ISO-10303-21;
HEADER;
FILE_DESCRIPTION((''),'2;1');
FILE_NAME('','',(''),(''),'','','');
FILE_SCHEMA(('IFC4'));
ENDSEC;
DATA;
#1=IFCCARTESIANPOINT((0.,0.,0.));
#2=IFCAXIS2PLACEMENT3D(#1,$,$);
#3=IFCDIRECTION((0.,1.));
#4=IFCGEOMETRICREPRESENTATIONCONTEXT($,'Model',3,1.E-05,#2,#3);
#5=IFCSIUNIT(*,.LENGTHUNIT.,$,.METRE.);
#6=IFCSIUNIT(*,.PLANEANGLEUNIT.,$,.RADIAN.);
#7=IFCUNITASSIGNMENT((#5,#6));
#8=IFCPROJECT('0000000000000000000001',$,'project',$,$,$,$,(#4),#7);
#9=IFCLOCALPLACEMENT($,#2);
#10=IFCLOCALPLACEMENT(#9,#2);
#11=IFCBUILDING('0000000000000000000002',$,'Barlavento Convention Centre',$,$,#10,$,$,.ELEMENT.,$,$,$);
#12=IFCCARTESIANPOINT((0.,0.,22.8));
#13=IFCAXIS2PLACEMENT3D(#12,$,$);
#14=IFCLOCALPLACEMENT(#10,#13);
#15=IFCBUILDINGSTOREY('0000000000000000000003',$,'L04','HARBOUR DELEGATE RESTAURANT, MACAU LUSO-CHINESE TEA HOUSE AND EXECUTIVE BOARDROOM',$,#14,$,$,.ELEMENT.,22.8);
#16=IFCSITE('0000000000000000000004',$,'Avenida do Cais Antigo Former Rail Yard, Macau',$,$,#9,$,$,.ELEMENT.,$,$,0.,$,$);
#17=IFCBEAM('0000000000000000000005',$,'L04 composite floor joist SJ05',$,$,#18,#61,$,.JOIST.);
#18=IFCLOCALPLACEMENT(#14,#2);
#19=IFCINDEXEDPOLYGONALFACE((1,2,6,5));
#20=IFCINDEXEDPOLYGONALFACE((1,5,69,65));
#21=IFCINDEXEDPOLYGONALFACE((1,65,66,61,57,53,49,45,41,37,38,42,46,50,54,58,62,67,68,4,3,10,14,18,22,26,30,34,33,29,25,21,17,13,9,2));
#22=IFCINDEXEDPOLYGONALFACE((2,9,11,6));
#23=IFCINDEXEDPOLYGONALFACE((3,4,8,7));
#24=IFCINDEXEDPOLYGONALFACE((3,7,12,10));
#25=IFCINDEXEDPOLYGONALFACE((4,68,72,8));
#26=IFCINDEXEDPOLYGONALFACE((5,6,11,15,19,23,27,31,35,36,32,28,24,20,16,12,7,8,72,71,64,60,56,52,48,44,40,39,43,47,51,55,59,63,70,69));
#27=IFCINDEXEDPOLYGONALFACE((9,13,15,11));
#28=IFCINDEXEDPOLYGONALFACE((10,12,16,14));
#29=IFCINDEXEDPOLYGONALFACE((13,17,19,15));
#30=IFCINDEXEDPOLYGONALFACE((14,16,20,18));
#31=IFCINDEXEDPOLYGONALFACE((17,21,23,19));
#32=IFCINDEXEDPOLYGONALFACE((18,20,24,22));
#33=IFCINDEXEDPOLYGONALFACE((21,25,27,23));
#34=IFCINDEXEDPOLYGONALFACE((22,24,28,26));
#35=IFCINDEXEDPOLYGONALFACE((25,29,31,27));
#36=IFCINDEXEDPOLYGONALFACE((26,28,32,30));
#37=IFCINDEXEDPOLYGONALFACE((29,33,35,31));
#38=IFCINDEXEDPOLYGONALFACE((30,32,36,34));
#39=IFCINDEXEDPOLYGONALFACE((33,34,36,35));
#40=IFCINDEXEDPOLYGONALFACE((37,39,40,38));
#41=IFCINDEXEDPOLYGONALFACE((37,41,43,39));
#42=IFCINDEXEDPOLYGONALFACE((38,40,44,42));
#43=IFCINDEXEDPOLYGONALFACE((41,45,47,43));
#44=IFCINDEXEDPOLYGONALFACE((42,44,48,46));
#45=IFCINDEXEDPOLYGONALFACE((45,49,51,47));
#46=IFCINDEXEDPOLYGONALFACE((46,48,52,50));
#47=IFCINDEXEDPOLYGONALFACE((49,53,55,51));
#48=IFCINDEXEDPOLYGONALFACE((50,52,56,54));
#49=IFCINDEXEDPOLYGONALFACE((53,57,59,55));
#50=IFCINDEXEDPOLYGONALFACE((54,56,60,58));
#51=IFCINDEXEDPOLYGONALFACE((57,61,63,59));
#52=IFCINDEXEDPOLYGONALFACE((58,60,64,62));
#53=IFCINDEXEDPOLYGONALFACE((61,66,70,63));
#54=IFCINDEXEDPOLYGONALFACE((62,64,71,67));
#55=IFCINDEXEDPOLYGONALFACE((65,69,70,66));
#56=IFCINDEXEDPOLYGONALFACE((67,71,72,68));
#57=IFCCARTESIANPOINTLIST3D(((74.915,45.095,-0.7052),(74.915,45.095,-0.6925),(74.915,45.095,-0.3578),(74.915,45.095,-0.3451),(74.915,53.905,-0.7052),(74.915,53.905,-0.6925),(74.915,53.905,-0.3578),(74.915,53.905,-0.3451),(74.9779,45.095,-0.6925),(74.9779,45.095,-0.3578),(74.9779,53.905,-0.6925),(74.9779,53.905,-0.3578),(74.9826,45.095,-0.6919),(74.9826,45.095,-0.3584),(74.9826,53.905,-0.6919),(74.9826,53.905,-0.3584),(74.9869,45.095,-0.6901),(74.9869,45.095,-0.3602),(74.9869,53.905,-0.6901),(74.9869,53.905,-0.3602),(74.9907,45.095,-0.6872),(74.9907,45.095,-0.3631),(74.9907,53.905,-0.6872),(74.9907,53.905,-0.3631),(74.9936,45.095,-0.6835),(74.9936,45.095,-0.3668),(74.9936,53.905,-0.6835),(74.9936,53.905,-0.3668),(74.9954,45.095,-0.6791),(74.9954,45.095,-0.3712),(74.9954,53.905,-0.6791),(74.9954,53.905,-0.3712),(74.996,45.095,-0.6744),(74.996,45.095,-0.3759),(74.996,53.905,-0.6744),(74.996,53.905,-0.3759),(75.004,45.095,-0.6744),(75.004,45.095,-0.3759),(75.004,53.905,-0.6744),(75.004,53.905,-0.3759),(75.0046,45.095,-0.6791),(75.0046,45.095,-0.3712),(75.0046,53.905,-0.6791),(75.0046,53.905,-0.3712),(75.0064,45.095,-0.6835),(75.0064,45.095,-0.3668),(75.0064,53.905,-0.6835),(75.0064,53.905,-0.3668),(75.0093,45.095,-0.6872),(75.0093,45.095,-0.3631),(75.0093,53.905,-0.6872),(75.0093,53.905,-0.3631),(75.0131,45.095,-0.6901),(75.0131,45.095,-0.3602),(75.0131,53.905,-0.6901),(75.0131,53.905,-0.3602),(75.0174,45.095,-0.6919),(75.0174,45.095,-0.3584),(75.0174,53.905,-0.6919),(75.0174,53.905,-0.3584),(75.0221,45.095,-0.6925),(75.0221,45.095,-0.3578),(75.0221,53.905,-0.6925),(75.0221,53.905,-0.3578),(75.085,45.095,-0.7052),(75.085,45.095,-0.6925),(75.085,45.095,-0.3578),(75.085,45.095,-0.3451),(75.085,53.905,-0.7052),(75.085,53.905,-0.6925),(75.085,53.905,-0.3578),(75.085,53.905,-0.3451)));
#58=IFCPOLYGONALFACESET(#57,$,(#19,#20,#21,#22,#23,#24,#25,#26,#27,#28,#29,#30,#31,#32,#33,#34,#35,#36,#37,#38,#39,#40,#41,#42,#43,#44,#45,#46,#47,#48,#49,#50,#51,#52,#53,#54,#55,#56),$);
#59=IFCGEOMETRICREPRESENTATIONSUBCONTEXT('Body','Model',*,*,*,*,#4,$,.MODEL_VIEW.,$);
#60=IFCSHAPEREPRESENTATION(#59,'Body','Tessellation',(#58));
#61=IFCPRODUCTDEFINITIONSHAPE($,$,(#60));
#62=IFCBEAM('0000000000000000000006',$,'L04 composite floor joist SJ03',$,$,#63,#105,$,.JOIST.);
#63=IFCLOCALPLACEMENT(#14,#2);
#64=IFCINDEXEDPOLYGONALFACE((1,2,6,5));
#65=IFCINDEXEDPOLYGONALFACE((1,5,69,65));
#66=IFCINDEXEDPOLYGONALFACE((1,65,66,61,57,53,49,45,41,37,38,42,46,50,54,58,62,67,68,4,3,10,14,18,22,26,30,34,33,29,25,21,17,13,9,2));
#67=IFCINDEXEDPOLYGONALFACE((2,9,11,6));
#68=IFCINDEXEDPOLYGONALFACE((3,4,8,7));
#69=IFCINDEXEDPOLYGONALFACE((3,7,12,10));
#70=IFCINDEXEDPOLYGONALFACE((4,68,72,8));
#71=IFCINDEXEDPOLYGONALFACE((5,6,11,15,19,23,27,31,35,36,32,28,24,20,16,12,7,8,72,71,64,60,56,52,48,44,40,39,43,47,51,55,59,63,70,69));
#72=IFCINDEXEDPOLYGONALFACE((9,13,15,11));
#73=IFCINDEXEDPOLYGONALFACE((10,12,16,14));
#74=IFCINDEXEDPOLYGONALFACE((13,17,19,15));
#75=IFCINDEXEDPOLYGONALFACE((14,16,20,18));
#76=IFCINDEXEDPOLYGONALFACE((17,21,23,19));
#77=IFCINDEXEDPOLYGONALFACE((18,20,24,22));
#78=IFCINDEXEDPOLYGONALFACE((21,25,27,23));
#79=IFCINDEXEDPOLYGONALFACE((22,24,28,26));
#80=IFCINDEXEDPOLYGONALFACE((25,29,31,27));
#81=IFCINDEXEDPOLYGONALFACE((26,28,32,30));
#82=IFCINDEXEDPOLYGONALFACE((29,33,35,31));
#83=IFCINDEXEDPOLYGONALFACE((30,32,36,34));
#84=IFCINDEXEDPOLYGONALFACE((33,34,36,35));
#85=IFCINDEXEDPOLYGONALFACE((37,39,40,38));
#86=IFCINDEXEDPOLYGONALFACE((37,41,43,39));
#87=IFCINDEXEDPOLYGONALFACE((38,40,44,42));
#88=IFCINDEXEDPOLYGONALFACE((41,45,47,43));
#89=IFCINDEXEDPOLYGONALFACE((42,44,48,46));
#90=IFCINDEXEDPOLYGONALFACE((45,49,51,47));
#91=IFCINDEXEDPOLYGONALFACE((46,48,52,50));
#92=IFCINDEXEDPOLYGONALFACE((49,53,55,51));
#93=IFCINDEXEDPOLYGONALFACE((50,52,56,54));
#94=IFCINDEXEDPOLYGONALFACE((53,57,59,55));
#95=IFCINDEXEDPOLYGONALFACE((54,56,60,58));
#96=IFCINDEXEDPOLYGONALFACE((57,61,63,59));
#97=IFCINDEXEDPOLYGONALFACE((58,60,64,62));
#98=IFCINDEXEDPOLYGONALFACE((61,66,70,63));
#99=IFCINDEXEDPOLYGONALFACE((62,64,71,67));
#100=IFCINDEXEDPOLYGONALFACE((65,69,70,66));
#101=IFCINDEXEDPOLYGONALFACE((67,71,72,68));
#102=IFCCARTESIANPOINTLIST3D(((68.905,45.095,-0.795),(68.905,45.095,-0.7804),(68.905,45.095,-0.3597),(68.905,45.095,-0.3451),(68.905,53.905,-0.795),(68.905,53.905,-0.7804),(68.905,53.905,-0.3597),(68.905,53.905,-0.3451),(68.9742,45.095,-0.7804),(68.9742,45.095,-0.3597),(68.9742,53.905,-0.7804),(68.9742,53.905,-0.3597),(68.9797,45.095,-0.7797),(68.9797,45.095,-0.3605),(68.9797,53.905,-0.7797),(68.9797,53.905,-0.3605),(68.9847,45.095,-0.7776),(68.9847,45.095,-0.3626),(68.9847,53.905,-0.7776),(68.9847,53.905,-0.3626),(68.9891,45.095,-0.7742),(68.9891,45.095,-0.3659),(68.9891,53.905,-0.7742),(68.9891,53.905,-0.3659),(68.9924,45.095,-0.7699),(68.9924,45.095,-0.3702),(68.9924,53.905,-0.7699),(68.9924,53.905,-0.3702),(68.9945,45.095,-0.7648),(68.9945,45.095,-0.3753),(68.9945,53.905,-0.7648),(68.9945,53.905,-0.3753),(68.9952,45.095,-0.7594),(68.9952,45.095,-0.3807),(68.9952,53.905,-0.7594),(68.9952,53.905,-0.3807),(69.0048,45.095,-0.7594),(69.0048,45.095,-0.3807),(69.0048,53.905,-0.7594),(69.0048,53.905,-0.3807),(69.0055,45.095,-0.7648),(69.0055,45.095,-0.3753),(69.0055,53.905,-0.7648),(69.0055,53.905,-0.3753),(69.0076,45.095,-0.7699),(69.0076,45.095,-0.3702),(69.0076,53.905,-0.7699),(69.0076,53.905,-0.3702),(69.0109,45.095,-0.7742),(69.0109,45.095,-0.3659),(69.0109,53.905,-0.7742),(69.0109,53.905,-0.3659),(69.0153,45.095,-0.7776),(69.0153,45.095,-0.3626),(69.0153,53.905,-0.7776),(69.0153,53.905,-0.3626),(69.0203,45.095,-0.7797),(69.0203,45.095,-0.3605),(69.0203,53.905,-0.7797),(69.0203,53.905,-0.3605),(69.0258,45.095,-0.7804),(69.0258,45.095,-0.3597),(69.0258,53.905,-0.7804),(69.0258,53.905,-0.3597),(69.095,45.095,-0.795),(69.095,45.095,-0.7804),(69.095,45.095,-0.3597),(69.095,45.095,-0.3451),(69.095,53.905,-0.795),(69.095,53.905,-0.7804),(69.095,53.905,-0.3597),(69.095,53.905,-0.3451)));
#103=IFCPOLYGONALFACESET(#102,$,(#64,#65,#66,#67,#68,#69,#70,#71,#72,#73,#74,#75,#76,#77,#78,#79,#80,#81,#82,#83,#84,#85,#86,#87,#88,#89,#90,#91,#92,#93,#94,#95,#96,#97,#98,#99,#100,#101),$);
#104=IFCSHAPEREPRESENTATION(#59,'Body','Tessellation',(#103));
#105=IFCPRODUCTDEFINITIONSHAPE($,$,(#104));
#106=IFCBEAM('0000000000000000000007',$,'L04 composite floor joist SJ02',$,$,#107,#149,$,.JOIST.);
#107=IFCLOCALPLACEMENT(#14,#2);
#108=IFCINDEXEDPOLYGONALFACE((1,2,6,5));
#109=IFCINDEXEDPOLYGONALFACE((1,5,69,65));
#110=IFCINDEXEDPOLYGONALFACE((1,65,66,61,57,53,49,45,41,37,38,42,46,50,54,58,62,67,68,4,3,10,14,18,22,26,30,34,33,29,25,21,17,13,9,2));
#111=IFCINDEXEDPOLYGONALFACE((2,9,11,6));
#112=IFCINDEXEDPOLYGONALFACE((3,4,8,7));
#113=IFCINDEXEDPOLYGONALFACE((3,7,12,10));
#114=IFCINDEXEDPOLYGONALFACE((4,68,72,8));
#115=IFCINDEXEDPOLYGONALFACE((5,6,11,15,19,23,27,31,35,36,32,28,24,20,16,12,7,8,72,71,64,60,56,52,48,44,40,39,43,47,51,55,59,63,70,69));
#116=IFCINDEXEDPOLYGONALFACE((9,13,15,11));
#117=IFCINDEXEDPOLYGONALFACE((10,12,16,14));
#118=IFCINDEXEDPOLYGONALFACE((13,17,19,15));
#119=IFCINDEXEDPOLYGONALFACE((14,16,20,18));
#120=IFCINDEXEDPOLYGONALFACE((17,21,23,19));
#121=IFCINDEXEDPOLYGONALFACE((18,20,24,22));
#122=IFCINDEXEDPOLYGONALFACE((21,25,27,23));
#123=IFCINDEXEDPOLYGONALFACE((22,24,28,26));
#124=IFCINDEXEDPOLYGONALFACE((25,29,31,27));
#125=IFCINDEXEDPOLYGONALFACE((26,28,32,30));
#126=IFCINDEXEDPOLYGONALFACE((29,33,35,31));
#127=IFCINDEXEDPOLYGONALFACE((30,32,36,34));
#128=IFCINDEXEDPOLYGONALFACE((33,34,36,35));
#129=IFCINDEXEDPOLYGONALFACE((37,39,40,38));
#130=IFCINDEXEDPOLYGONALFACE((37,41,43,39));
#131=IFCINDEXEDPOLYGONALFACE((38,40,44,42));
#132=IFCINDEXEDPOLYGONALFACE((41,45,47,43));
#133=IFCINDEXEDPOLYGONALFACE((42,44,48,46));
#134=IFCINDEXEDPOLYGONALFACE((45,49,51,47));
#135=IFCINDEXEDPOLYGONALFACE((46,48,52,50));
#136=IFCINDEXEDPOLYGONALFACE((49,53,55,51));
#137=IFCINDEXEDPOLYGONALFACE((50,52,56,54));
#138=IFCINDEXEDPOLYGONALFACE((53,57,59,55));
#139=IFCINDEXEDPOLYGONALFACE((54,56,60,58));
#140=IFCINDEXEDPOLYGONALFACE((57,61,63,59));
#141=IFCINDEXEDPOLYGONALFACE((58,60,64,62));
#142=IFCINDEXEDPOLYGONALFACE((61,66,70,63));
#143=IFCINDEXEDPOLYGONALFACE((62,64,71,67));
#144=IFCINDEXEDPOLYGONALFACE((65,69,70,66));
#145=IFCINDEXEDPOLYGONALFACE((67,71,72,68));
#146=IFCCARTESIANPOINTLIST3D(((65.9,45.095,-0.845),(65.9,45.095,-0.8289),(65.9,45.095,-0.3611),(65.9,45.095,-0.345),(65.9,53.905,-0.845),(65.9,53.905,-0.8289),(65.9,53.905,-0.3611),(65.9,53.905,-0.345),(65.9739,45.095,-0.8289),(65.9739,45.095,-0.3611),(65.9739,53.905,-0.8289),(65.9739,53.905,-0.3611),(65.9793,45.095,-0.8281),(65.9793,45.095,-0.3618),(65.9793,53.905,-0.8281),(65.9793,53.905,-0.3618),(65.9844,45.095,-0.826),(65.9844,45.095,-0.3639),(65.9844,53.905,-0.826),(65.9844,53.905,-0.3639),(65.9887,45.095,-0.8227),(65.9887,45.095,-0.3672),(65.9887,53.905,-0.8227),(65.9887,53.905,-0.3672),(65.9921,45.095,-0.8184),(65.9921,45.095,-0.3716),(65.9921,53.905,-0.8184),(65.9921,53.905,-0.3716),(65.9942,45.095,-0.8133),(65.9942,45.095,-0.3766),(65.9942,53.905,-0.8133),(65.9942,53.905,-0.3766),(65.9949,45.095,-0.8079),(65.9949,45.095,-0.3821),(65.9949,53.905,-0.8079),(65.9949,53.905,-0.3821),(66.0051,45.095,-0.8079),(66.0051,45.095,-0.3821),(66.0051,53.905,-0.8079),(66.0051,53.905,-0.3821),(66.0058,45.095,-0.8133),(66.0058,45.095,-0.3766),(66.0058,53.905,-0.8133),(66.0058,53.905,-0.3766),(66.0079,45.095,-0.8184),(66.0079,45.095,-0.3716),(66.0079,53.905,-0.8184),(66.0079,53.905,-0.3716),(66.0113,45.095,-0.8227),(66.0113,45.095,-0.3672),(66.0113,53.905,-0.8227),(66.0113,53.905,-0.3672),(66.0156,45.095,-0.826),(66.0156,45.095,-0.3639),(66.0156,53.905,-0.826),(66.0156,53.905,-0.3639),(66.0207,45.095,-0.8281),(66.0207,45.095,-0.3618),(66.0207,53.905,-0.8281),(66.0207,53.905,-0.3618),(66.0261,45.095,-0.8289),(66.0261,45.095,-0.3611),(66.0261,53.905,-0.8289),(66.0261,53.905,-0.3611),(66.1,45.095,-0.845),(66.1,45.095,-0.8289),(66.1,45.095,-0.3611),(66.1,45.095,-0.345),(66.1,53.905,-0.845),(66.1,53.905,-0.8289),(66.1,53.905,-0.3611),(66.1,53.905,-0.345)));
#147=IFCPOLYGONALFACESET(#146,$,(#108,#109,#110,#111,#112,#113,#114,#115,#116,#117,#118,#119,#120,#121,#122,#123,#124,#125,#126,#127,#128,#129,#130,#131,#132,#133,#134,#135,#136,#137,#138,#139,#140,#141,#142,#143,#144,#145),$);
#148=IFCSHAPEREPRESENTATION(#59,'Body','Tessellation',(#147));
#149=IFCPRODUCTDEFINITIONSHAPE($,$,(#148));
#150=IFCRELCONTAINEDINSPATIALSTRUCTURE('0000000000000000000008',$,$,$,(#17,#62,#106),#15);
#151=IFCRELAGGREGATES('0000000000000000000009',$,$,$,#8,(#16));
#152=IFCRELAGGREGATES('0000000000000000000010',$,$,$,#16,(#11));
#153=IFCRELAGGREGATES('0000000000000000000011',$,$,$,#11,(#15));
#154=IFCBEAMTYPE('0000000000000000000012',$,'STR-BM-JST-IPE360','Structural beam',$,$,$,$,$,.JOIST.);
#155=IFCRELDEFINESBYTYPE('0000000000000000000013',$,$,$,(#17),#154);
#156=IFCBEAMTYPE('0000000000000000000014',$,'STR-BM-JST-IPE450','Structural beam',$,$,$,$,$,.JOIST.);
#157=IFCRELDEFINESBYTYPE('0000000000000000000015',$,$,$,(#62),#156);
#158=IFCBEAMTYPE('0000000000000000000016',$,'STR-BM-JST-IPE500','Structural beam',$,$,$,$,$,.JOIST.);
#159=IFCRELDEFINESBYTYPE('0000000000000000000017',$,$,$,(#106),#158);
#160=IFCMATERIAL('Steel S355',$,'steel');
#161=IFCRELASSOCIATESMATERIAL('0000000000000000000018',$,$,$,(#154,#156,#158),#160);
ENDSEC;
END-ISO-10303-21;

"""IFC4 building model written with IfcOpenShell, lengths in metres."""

from ifc_helpers import new_model, si_unit, direction, frame, origin, origin_2d, place, context, subcontext, project, spatial, i_section, extrude, material, material_profile, profile_set, type_object, element, save


model = new_model("IFC4")

# Units and contexts
model_context = context("Model", 3, precision=1e-05, world=origin(), true_north=direction((0.0, 1.0)))
body_context = subcontext(model_context, "Body", "Model", "MODEL_VIEW")
ifc_project = project(units=[si_unit("LENGTHUNIT", "METRE"), si_unit("PLANEANGLEUNIT", "RADIAN")], contexts=[model_context])

# Site, building, storey
site_placement = place(None, origin())
site = spatial("IfcSite", under=ifc_project, at=site_placement, Name="Avenida do Cais Antigo Former Rail Yard, Macau", CompositionType="ELEMENT", RefElevation=0.0)
building_placement = place(site_placement, origin())
building = spatial("IfcBuilding", under=site, at=building_placement, Name="Barlavento Convention Centre", CompositionType="ELEMENT")
storey_placement = place(building_placement, frame((0.0, 0.0, 22.8)))
storey = spatial("IfcBuildingStorey", under=building, at=storey_placement, Name="L04", Description="HARBOUR DELEGATE RESTAURANT, MACAU LUSO-CHINESE TEA HOUSE AND EXECUTIVE BOARDROOM", CompositionType="ELEMENT", Elevation=22.8)

# Beams
ifc_material_1 = material(Name="Steel S355", Category="steel")
ifc_material_profile_1 = material_profile(ifc_material_1, i_section(OverallWidth=0.1699, OverallDepth=0.3601, WebThickness=0.0081, FlangeThickness=0.0127, FilletRadius=0.0181, at=origin_2d()), Name="IPE 360")
ifc_profile_set_1 = profile_set([ifc_material_profile_1], Name="Steel S355")
beam_type_1 = type_object("IfcBeamType", Name="STR-BM-JST-IPE360", Description="Structural beam", PredefinedType="JOIST", material=ifc_profile_set_1)
beam_1_placement = place(storey_placement, frame((75.0, 45.095, -0.5251), z_axis=(0.0, 1.0, 0.0), x_axis=(-1.0, 0.0, 0.0)))
element("IfcBeam", 1, at=beam_1_placement, inside=storey, type_object=beam_type_1, Name="L04 composite floor joist SJ05", PredefinedType="JOIST", context=body_context, shape_type="SweptSolid", body=[
    extrude(i_section(OverallWidth=0.1699, OverallDepth=0.3601, WebThickness=0.0081, FlangeThickness=0.0127, FilletRadius=0.0181, at=origin_2d()), origin(), (0.0, 0.0, 1.0), 8.8101),
])
ifc_material_profile_2 = material_profile(ifc_material_1, i_section(OverallWidth=0.1899, OverallDepth=0.45, WebThickness=0.0095, FlangeThickness=0.0146, FilletRadius=0.021, at=origin_2d()), Name="IPE 450")
ifc_profile_set_2 = profile_set([ifc_material_profile_2], Name="Steel S355")
beam_type_2 = type_object("IfcBeamType", Name="STR-BM-JST-IPE450", Description="Structural beam", PredefinedType="JOIST", material=ifc_profile_set_2)
beam_2_placement = place(storey_placement, frame((69.0, 45.095, -0.5701), z_axis=(0.0, 1.0, 0.0), x_axis=(-1.0, 0.0, 0.0)))
element("IfcBeam", 2, at=beam_2_placement, inside=storey, type_object=beam_type_2, Name="L04 composite floor joist SJ03", PredefinedType="JOIST", context=body_context, shape_type="SweptSolid", body=[
    extrude(i_section(OverallWidth=0.1899, OverallDepth=0.45, WebThickness=0.0095, FlangeThickness=0.0146, FilletRadius=0.021, at=origin_2d()), origin(), (0.0, 0.0, 1.0), 8.8101),
])
ifc_material_profile_3 = material_profile(ifc_material_1, i_section(OverallWidth=0.2, OverallDepth=0.5, WebThickness=0.0103, FlangeThickness=0.0161, FilletRadius=0.021, at=origin_2d()), Name="IPE 500")
ifc_profile_set_3 = profile_set([ifc_material_profile_3], Name="Steel S355")
beam_type_3 = type_object("IfcBeamType", Name="STR-BM-JST-IPE500", Description="Structural beam", PredefinedType="JOIST", material=ifc_profile_set_3)
beam_3_placement = place(storey_placement, frame((66.0, 45.095, -0.595), z_axis=(0.0, 1.0, 0.0), x_axis=(-1.0, 0.0, 0.0)))
element("IfcBeam", 3, at=beam_3_placement, inside=storey, type_object=beam_type_3, Name="L04 composite floor joist SJ02", PredefinedType="JOIST", context=body_context, shape_type="SweptSolid", body=[
    extrude(i_section(OverallWidth=0.2, OverallDepth=0.5, WebThickness=0.0103, FlangeThickness=0.0161, FilletRadius=0.021, at=origin_2d()), origin(), (0.0, 0.0, 1.0), 8.8101),
])

save(model, "model.ifc")
